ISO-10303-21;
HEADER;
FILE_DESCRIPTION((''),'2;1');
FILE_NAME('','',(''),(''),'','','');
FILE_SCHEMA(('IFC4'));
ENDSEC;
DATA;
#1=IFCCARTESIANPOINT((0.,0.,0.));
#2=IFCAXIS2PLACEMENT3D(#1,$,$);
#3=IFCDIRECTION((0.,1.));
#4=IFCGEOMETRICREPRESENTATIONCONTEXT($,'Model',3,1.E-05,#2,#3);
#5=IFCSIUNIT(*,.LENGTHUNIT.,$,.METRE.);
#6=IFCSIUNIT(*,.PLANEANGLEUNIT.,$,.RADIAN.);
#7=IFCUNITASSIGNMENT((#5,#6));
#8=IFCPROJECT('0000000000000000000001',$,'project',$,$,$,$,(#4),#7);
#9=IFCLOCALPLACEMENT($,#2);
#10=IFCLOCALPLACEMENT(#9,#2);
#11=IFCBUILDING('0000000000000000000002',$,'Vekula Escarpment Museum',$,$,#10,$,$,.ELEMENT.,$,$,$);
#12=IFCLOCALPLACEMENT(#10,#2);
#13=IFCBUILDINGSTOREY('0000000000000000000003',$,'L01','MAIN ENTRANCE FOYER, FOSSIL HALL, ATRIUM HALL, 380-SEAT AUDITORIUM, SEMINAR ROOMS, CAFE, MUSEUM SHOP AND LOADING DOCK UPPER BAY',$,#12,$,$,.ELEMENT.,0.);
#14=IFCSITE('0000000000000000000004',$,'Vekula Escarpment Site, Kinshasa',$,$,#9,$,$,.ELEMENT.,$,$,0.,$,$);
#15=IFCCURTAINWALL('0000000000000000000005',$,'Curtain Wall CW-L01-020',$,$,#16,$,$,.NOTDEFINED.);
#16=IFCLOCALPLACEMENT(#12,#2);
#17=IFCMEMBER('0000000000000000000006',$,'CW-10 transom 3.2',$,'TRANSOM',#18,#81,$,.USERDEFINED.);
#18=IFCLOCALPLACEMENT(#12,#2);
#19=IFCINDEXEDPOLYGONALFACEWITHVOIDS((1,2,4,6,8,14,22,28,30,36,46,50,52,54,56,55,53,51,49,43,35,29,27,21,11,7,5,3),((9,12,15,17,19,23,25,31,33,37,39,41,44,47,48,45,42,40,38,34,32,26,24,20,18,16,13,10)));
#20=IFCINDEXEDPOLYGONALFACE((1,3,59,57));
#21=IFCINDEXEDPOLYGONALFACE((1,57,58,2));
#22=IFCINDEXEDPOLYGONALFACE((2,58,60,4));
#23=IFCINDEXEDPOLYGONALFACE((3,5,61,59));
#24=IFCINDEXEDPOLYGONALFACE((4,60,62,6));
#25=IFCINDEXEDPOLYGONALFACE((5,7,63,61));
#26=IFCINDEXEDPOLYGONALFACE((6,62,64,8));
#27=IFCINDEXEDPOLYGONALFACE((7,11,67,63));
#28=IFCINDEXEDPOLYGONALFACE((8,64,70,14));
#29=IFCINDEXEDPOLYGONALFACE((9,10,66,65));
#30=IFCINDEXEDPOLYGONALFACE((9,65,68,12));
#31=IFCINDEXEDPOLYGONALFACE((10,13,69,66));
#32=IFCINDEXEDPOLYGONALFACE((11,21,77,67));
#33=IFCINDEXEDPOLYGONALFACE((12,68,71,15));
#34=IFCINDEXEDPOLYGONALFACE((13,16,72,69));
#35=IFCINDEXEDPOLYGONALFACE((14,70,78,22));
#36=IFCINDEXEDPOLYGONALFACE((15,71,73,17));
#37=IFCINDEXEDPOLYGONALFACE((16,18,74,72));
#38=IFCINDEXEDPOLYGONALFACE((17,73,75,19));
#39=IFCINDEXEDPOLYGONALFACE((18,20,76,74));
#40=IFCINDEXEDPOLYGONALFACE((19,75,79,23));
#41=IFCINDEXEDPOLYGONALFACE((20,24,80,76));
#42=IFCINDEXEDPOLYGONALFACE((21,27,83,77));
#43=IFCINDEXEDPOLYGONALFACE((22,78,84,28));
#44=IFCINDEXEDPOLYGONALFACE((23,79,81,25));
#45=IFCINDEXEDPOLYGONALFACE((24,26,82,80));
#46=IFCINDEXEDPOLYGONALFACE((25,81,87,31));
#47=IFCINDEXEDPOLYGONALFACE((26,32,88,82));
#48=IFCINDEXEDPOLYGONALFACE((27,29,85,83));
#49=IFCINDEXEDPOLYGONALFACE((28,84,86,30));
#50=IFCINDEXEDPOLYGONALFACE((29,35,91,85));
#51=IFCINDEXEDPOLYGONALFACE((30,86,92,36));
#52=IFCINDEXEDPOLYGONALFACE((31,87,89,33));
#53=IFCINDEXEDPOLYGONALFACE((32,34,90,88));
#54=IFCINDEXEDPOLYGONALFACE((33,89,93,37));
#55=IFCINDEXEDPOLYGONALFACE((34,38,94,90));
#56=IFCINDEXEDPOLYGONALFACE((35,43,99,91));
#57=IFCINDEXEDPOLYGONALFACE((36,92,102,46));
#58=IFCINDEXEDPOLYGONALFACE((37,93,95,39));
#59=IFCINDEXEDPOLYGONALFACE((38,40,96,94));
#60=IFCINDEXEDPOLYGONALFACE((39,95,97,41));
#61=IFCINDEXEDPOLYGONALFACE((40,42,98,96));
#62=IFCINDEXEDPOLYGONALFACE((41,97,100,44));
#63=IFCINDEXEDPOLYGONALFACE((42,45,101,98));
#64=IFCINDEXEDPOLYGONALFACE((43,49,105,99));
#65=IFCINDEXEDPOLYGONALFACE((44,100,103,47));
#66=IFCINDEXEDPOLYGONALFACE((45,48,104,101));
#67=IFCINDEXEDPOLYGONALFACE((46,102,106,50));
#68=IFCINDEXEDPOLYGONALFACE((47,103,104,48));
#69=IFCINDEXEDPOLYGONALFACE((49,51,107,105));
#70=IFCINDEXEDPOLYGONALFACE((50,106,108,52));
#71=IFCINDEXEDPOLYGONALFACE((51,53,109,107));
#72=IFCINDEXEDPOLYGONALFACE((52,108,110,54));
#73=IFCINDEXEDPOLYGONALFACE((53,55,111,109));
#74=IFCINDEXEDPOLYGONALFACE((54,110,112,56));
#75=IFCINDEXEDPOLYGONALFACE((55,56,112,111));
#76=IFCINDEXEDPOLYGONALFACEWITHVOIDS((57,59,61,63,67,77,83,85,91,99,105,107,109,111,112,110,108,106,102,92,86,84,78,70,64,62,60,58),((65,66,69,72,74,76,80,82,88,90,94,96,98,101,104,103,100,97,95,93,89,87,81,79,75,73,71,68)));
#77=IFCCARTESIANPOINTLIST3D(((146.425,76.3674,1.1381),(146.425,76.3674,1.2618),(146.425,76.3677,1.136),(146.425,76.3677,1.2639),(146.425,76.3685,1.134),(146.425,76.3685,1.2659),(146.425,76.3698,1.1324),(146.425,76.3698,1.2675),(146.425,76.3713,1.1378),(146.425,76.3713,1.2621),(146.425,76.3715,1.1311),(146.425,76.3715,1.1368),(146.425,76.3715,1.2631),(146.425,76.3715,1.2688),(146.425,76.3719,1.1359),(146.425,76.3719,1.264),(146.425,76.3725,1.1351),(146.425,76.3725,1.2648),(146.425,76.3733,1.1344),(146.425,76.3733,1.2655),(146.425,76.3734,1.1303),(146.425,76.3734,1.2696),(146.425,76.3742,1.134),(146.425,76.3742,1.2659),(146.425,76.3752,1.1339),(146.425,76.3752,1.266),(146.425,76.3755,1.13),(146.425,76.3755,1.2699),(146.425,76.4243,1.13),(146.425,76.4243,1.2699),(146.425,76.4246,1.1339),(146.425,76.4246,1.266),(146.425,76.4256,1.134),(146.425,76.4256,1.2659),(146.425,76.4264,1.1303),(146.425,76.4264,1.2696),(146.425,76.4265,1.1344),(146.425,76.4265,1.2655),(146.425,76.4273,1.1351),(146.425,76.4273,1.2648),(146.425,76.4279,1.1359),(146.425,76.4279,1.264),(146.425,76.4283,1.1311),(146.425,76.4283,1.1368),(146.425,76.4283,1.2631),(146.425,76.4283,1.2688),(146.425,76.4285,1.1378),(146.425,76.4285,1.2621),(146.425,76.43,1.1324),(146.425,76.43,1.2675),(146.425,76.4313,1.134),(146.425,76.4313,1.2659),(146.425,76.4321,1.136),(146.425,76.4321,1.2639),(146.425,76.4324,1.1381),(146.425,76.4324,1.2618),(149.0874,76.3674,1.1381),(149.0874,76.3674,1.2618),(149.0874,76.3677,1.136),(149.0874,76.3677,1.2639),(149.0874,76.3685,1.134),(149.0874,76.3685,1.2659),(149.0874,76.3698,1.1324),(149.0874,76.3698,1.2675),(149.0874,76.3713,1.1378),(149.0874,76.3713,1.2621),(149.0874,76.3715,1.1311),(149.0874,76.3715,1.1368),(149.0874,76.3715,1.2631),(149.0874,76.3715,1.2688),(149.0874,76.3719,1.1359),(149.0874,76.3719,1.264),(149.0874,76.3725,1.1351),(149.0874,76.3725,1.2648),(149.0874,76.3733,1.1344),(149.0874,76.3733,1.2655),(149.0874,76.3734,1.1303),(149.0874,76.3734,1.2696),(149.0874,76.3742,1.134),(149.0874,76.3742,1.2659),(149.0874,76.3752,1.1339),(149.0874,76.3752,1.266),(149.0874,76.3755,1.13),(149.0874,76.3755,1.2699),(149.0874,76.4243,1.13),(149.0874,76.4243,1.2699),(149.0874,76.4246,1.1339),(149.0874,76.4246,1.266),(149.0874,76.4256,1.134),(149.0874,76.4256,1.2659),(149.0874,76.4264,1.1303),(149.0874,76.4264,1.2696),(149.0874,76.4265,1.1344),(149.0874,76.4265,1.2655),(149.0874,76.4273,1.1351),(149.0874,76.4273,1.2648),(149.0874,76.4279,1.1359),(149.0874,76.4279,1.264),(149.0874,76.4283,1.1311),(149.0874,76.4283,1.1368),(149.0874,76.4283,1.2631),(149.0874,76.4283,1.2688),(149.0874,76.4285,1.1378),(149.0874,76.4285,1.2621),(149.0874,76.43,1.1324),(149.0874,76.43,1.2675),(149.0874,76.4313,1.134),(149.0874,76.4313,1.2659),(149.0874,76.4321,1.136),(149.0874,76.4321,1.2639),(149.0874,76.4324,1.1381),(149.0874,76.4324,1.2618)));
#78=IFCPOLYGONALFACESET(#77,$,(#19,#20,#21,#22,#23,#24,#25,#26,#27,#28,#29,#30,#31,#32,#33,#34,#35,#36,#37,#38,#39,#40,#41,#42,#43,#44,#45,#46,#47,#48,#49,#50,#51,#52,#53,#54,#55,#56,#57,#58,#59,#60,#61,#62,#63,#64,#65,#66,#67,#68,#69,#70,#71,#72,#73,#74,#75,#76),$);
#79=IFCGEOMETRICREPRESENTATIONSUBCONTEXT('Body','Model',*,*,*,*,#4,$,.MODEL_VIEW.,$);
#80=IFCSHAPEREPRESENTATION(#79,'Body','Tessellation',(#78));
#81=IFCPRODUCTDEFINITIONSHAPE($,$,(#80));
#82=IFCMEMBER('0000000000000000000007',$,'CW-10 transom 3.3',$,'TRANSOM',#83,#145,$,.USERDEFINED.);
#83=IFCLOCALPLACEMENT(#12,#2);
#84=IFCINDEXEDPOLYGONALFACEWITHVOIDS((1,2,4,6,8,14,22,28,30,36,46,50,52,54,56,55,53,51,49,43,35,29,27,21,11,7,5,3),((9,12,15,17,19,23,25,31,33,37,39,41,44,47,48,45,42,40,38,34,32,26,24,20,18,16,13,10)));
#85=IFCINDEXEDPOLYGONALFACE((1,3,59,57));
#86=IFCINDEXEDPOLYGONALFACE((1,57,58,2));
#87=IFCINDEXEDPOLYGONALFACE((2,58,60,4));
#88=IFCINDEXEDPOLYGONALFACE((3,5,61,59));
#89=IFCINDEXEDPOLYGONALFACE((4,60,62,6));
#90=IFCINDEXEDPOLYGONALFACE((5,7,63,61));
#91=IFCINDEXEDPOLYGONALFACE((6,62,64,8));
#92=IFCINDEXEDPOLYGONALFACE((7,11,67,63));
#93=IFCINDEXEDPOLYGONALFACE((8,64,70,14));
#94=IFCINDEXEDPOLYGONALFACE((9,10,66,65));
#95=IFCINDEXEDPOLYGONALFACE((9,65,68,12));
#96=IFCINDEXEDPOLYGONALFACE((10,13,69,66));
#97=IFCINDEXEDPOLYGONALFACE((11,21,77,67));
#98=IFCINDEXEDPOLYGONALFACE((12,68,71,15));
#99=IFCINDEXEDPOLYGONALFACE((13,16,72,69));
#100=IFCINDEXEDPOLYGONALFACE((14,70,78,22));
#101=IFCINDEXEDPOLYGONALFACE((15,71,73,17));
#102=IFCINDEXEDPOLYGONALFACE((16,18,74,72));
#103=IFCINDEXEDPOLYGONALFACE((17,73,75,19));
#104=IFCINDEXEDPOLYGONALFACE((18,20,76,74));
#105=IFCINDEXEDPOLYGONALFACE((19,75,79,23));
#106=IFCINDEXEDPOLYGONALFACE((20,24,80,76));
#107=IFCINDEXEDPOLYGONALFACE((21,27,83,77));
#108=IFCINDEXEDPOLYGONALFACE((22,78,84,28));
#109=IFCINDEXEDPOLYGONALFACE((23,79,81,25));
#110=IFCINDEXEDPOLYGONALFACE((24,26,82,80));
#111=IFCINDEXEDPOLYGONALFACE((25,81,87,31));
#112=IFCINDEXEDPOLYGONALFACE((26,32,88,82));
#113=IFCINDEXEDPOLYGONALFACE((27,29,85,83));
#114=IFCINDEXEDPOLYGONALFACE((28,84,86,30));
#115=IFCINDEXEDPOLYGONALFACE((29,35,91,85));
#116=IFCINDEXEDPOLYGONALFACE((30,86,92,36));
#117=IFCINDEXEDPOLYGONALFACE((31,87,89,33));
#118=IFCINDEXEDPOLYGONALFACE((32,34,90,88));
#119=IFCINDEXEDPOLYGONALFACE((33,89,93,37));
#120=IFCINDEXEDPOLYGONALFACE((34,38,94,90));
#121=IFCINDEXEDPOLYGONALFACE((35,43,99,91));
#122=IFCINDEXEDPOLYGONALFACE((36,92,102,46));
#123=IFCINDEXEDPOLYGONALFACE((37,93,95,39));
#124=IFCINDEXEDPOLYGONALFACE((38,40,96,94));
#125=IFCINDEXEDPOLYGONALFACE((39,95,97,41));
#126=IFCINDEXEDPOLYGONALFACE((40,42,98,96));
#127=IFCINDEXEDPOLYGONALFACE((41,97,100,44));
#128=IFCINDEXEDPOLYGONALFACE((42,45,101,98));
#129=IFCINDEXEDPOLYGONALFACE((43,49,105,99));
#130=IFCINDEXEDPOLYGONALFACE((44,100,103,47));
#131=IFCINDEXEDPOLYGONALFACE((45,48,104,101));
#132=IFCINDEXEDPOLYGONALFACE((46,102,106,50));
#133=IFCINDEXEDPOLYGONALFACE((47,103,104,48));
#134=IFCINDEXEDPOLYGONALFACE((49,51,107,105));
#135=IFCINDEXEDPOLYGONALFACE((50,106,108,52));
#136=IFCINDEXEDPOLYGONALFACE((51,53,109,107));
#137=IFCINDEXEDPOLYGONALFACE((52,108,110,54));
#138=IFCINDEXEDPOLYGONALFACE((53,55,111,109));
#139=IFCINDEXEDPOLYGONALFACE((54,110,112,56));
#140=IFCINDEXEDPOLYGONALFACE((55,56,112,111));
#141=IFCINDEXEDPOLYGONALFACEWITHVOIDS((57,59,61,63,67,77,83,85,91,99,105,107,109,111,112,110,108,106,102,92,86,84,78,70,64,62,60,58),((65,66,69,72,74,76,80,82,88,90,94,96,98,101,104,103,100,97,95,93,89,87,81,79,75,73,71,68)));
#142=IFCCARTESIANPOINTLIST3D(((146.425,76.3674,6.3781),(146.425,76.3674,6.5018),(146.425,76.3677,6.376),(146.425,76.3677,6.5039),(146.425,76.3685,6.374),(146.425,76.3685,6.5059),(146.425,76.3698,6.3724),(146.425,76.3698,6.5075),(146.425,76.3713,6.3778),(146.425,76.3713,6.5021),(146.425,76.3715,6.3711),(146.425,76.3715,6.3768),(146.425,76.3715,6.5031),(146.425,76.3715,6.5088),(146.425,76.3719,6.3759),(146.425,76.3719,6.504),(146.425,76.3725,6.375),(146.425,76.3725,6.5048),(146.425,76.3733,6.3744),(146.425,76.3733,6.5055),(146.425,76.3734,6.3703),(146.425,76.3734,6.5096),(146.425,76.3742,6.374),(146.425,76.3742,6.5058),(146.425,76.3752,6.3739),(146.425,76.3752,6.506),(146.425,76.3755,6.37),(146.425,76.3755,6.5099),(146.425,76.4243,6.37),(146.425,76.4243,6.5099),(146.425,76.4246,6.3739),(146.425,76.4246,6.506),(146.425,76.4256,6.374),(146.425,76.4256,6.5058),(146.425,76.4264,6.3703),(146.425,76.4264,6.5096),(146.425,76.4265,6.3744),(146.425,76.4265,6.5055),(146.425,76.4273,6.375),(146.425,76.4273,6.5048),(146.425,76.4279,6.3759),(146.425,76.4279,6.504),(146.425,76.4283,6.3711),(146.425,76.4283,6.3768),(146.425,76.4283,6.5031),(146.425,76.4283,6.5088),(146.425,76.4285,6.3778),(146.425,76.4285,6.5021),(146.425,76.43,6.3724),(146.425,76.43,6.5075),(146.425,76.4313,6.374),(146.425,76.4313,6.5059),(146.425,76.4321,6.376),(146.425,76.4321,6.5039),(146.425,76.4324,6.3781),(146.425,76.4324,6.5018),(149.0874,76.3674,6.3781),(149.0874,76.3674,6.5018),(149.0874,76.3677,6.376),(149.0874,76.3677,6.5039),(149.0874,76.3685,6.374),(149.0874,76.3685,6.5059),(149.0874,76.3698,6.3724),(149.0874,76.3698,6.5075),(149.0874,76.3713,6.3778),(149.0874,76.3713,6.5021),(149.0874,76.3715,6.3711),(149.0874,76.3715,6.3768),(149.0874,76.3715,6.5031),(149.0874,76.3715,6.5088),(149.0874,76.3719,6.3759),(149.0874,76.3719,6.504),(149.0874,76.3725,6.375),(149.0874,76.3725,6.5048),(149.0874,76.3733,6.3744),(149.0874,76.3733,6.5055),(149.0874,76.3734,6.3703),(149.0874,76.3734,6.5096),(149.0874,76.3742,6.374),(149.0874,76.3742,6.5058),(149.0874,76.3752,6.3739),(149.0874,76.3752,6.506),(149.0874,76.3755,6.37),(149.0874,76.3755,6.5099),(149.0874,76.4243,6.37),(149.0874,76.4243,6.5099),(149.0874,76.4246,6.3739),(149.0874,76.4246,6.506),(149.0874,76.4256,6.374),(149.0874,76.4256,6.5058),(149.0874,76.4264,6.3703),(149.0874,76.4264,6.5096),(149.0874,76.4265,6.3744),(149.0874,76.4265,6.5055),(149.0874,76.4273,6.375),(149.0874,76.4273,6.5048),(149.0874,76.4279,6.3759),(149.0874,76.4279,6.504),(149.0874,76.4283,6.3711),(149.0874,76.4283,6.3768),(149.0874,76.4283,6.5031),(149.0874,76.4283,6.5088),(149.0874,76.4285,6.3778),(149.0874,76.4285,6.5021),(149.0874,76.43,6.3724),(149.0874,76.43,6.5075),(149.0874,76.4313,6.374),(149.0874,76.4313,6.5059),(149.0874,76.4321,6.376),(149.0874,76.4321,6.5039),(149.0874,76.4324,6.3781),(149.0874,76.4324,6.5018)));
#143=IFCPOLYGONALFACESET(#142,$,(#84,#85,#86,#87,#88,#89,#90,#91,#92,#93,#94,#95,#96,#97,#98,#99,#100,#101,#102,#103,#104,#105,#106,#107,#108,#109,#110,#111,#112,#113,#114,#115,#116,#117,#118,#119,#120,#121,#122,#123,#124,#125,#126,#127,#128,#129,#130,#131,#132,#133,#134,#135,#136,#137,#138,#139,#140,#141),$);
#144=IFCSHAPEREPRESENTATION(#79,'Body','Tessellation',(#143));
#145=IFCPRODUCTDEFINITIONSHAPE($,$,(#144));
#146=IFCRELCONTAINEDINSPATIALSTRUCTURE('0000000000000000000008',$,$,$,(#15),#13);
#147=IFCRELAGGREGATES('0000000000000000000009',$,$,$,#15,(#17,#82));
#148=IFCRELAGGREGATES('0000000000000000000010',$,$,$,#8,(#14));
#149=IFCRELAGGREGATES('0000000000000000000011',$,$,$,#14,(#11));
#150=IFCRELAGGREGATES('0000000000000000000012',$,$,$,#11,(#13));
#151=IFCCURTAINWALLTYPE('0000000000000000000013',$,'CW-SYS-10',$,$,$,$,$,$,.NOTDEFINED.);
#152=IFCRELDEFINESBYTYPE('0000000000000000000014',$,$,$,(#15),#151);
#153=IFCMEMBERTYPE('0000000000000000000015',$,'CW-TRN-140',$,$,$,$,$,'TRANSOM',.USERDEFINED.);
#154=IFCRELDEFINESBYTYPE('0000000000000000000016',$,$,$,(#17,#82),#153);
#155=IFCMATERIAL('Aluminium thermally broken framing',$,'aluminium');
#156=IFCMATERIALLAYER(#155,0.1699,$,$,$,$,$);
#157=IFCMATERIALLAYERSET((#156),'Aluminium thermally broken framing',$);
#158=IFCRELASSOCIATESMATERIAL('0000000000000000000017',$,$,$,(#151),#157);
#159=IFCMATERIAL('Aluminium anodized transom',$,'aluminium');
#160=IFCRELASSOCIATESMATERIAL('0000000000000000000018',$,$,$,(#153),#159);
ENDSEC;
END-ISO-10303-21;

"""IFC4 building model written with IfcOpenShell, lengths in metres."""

from ifc_helpers import new_model, si_unit, direction, frame, origin, origin_2d, place, context, subcontext, project, spatial, hollow_rectangle, extrude, material, layer, layer_set, material_profile, profile_set, type_object, element, aggregate, save


model = new_model("IFC4")

# Units and contexts
model_context = context("Model", 3, precision=1e-05, world=origin(), true_north=direction((0.0, 1.0)))
body_context = subcontext(model_context, "Body", "Model", "MODEL_VIEW")
ifc_project = project(units=[si_unit("LENGTHUNIT", "METRE"), si_unit("PLANEANGLEUNIT", "RADIAN")], contexts=[model_context])

# Site, building, storey
site_placement = place(None, origin())
site = spatial("IfcSite", under=ifc_project, at=site_placement, Name="Vekula Escarpment Site, Kinshasa", CompositionType="ELEMENT", RefElevation=0.0)
building_placement = place(site_placement, origin())
building = spatial("IfcBuilding", under=site, at=building_placement, Name="Vekula Escarpment Museum", CompositionType="ELEMENT")
storey_placement = place(building_placement, origin())
storey = spatial("IfcBuildingStorey", under=building, at=storey_placement, Name="L01", Description="MAIN ENTRANCE FOYER, FOSSIL HALL, ATRIUM HALL, 380-SEAT AUDITORIUM, SEMINAR ROOMS, CAFE, MUSEUM SHOP AND LOADING DOCK UPPER BAY", CompositionType="ELEMENT", Elevation=0.0)

# Curtain wall
ifc_material_1 = material(Name="Aluminium thermally broken framing", Category="aluminium")
ifc_layer_1 = layer(ifc_material_1, 0.1699)
ifc_layer_set_1 = layer_set([ifc_layer_1], Name="Aluminium thermally broken framing")
curtain_wall_type_1 = type_object("IfcCurtainWallType", Name="CW-SYS-10", PredefinedType="NOTDEFINED", material=ifc_layer_set_1)
curtain_wall_1_placement = place(storey_placement, origin())
curtain_wall_1 = element("IfcCurtainWall", 1, at=curtain_wall_1_placement, inside=storey, type_object=curtain_wall_type_1, Name="Curtain Wall CW-L01-020", PredefinedType="NOTDEFINED")

# Members
ifc_material_2 = material(Name="Aluminium anodized transom", Category="aluminium")
ifc_material_profile_1 = material_profile(ifc_material_2, hollow_rectangle(XDim=0.0649, YDim=0.1399, WallThickness=0.0039, InnerFilletRadius=0.0039, OuterFilletRadius=0.0081, at=origin_2d()), Name="ALU 140x65x4")
ifc_profile_set_1 = profile_set([ifc_material_profile_1], Name="Aluminium anodized transom")
member_type_1 = type_object("IfcMemberType", Name="CW-TRN-140", ElementType="TRANSOM", PredefinedType="USERDEFINED", material=ifc_profile_set_1)
member_1_placement = place(storey_placement, frame((149.0874, 76.3999, 1.2), z_axis=(-1.0, 0.0, 0.0), x_axis=(0.0, -1.0, 0.0)))
member_1 = element("IfcMember", 2, at=member_1_placement, type_object=member_type_1, Name="CW-10 transom 3.2", ObjectType="TRANSOM", PredefinedType="USERDEFINED", context=body_context, shape_type="SweptSolid", body=[
    extrude(hollow_rectangle(XDim=0.0649, YDim=0.1399, WallThickness=0.0039, InnerFilletRadius=0.0039, OuterFilletRadius=0.0081, at=origin_2d()), origin(), (0.0, 0.0, 1.0), 2.6624),
])
member_2_placement = place(storey_placement, frame((149.0874, 76.3999, 6.4399), z_axis=(-1.0, 0.0, 0.0), x_axis=(0.0, -1.0, 0.0)))
member_2 = element("IfcMember", 3, at=member_2_placement, type_object=member_type_1, Name="CW-10 transom 3.3", ObjectType="TRANSOM", PredefinedType="USERDEFINED", context=body_context, shape_type="SweptSolid", body=[
    extrude(hollow_rectangle(XDim=0.0649, YDim=0.1399, WallThickness=0.0039, InnerFilletRadius=0.0039, OuterFilletRadius=0.0081, at=origin_2d()), origin(), (0.0, 0.0, 1.0), 2.6624),
])

aggregate(curtain_wall_1, [member_1, member_2])

save(model, "model.ifc")
